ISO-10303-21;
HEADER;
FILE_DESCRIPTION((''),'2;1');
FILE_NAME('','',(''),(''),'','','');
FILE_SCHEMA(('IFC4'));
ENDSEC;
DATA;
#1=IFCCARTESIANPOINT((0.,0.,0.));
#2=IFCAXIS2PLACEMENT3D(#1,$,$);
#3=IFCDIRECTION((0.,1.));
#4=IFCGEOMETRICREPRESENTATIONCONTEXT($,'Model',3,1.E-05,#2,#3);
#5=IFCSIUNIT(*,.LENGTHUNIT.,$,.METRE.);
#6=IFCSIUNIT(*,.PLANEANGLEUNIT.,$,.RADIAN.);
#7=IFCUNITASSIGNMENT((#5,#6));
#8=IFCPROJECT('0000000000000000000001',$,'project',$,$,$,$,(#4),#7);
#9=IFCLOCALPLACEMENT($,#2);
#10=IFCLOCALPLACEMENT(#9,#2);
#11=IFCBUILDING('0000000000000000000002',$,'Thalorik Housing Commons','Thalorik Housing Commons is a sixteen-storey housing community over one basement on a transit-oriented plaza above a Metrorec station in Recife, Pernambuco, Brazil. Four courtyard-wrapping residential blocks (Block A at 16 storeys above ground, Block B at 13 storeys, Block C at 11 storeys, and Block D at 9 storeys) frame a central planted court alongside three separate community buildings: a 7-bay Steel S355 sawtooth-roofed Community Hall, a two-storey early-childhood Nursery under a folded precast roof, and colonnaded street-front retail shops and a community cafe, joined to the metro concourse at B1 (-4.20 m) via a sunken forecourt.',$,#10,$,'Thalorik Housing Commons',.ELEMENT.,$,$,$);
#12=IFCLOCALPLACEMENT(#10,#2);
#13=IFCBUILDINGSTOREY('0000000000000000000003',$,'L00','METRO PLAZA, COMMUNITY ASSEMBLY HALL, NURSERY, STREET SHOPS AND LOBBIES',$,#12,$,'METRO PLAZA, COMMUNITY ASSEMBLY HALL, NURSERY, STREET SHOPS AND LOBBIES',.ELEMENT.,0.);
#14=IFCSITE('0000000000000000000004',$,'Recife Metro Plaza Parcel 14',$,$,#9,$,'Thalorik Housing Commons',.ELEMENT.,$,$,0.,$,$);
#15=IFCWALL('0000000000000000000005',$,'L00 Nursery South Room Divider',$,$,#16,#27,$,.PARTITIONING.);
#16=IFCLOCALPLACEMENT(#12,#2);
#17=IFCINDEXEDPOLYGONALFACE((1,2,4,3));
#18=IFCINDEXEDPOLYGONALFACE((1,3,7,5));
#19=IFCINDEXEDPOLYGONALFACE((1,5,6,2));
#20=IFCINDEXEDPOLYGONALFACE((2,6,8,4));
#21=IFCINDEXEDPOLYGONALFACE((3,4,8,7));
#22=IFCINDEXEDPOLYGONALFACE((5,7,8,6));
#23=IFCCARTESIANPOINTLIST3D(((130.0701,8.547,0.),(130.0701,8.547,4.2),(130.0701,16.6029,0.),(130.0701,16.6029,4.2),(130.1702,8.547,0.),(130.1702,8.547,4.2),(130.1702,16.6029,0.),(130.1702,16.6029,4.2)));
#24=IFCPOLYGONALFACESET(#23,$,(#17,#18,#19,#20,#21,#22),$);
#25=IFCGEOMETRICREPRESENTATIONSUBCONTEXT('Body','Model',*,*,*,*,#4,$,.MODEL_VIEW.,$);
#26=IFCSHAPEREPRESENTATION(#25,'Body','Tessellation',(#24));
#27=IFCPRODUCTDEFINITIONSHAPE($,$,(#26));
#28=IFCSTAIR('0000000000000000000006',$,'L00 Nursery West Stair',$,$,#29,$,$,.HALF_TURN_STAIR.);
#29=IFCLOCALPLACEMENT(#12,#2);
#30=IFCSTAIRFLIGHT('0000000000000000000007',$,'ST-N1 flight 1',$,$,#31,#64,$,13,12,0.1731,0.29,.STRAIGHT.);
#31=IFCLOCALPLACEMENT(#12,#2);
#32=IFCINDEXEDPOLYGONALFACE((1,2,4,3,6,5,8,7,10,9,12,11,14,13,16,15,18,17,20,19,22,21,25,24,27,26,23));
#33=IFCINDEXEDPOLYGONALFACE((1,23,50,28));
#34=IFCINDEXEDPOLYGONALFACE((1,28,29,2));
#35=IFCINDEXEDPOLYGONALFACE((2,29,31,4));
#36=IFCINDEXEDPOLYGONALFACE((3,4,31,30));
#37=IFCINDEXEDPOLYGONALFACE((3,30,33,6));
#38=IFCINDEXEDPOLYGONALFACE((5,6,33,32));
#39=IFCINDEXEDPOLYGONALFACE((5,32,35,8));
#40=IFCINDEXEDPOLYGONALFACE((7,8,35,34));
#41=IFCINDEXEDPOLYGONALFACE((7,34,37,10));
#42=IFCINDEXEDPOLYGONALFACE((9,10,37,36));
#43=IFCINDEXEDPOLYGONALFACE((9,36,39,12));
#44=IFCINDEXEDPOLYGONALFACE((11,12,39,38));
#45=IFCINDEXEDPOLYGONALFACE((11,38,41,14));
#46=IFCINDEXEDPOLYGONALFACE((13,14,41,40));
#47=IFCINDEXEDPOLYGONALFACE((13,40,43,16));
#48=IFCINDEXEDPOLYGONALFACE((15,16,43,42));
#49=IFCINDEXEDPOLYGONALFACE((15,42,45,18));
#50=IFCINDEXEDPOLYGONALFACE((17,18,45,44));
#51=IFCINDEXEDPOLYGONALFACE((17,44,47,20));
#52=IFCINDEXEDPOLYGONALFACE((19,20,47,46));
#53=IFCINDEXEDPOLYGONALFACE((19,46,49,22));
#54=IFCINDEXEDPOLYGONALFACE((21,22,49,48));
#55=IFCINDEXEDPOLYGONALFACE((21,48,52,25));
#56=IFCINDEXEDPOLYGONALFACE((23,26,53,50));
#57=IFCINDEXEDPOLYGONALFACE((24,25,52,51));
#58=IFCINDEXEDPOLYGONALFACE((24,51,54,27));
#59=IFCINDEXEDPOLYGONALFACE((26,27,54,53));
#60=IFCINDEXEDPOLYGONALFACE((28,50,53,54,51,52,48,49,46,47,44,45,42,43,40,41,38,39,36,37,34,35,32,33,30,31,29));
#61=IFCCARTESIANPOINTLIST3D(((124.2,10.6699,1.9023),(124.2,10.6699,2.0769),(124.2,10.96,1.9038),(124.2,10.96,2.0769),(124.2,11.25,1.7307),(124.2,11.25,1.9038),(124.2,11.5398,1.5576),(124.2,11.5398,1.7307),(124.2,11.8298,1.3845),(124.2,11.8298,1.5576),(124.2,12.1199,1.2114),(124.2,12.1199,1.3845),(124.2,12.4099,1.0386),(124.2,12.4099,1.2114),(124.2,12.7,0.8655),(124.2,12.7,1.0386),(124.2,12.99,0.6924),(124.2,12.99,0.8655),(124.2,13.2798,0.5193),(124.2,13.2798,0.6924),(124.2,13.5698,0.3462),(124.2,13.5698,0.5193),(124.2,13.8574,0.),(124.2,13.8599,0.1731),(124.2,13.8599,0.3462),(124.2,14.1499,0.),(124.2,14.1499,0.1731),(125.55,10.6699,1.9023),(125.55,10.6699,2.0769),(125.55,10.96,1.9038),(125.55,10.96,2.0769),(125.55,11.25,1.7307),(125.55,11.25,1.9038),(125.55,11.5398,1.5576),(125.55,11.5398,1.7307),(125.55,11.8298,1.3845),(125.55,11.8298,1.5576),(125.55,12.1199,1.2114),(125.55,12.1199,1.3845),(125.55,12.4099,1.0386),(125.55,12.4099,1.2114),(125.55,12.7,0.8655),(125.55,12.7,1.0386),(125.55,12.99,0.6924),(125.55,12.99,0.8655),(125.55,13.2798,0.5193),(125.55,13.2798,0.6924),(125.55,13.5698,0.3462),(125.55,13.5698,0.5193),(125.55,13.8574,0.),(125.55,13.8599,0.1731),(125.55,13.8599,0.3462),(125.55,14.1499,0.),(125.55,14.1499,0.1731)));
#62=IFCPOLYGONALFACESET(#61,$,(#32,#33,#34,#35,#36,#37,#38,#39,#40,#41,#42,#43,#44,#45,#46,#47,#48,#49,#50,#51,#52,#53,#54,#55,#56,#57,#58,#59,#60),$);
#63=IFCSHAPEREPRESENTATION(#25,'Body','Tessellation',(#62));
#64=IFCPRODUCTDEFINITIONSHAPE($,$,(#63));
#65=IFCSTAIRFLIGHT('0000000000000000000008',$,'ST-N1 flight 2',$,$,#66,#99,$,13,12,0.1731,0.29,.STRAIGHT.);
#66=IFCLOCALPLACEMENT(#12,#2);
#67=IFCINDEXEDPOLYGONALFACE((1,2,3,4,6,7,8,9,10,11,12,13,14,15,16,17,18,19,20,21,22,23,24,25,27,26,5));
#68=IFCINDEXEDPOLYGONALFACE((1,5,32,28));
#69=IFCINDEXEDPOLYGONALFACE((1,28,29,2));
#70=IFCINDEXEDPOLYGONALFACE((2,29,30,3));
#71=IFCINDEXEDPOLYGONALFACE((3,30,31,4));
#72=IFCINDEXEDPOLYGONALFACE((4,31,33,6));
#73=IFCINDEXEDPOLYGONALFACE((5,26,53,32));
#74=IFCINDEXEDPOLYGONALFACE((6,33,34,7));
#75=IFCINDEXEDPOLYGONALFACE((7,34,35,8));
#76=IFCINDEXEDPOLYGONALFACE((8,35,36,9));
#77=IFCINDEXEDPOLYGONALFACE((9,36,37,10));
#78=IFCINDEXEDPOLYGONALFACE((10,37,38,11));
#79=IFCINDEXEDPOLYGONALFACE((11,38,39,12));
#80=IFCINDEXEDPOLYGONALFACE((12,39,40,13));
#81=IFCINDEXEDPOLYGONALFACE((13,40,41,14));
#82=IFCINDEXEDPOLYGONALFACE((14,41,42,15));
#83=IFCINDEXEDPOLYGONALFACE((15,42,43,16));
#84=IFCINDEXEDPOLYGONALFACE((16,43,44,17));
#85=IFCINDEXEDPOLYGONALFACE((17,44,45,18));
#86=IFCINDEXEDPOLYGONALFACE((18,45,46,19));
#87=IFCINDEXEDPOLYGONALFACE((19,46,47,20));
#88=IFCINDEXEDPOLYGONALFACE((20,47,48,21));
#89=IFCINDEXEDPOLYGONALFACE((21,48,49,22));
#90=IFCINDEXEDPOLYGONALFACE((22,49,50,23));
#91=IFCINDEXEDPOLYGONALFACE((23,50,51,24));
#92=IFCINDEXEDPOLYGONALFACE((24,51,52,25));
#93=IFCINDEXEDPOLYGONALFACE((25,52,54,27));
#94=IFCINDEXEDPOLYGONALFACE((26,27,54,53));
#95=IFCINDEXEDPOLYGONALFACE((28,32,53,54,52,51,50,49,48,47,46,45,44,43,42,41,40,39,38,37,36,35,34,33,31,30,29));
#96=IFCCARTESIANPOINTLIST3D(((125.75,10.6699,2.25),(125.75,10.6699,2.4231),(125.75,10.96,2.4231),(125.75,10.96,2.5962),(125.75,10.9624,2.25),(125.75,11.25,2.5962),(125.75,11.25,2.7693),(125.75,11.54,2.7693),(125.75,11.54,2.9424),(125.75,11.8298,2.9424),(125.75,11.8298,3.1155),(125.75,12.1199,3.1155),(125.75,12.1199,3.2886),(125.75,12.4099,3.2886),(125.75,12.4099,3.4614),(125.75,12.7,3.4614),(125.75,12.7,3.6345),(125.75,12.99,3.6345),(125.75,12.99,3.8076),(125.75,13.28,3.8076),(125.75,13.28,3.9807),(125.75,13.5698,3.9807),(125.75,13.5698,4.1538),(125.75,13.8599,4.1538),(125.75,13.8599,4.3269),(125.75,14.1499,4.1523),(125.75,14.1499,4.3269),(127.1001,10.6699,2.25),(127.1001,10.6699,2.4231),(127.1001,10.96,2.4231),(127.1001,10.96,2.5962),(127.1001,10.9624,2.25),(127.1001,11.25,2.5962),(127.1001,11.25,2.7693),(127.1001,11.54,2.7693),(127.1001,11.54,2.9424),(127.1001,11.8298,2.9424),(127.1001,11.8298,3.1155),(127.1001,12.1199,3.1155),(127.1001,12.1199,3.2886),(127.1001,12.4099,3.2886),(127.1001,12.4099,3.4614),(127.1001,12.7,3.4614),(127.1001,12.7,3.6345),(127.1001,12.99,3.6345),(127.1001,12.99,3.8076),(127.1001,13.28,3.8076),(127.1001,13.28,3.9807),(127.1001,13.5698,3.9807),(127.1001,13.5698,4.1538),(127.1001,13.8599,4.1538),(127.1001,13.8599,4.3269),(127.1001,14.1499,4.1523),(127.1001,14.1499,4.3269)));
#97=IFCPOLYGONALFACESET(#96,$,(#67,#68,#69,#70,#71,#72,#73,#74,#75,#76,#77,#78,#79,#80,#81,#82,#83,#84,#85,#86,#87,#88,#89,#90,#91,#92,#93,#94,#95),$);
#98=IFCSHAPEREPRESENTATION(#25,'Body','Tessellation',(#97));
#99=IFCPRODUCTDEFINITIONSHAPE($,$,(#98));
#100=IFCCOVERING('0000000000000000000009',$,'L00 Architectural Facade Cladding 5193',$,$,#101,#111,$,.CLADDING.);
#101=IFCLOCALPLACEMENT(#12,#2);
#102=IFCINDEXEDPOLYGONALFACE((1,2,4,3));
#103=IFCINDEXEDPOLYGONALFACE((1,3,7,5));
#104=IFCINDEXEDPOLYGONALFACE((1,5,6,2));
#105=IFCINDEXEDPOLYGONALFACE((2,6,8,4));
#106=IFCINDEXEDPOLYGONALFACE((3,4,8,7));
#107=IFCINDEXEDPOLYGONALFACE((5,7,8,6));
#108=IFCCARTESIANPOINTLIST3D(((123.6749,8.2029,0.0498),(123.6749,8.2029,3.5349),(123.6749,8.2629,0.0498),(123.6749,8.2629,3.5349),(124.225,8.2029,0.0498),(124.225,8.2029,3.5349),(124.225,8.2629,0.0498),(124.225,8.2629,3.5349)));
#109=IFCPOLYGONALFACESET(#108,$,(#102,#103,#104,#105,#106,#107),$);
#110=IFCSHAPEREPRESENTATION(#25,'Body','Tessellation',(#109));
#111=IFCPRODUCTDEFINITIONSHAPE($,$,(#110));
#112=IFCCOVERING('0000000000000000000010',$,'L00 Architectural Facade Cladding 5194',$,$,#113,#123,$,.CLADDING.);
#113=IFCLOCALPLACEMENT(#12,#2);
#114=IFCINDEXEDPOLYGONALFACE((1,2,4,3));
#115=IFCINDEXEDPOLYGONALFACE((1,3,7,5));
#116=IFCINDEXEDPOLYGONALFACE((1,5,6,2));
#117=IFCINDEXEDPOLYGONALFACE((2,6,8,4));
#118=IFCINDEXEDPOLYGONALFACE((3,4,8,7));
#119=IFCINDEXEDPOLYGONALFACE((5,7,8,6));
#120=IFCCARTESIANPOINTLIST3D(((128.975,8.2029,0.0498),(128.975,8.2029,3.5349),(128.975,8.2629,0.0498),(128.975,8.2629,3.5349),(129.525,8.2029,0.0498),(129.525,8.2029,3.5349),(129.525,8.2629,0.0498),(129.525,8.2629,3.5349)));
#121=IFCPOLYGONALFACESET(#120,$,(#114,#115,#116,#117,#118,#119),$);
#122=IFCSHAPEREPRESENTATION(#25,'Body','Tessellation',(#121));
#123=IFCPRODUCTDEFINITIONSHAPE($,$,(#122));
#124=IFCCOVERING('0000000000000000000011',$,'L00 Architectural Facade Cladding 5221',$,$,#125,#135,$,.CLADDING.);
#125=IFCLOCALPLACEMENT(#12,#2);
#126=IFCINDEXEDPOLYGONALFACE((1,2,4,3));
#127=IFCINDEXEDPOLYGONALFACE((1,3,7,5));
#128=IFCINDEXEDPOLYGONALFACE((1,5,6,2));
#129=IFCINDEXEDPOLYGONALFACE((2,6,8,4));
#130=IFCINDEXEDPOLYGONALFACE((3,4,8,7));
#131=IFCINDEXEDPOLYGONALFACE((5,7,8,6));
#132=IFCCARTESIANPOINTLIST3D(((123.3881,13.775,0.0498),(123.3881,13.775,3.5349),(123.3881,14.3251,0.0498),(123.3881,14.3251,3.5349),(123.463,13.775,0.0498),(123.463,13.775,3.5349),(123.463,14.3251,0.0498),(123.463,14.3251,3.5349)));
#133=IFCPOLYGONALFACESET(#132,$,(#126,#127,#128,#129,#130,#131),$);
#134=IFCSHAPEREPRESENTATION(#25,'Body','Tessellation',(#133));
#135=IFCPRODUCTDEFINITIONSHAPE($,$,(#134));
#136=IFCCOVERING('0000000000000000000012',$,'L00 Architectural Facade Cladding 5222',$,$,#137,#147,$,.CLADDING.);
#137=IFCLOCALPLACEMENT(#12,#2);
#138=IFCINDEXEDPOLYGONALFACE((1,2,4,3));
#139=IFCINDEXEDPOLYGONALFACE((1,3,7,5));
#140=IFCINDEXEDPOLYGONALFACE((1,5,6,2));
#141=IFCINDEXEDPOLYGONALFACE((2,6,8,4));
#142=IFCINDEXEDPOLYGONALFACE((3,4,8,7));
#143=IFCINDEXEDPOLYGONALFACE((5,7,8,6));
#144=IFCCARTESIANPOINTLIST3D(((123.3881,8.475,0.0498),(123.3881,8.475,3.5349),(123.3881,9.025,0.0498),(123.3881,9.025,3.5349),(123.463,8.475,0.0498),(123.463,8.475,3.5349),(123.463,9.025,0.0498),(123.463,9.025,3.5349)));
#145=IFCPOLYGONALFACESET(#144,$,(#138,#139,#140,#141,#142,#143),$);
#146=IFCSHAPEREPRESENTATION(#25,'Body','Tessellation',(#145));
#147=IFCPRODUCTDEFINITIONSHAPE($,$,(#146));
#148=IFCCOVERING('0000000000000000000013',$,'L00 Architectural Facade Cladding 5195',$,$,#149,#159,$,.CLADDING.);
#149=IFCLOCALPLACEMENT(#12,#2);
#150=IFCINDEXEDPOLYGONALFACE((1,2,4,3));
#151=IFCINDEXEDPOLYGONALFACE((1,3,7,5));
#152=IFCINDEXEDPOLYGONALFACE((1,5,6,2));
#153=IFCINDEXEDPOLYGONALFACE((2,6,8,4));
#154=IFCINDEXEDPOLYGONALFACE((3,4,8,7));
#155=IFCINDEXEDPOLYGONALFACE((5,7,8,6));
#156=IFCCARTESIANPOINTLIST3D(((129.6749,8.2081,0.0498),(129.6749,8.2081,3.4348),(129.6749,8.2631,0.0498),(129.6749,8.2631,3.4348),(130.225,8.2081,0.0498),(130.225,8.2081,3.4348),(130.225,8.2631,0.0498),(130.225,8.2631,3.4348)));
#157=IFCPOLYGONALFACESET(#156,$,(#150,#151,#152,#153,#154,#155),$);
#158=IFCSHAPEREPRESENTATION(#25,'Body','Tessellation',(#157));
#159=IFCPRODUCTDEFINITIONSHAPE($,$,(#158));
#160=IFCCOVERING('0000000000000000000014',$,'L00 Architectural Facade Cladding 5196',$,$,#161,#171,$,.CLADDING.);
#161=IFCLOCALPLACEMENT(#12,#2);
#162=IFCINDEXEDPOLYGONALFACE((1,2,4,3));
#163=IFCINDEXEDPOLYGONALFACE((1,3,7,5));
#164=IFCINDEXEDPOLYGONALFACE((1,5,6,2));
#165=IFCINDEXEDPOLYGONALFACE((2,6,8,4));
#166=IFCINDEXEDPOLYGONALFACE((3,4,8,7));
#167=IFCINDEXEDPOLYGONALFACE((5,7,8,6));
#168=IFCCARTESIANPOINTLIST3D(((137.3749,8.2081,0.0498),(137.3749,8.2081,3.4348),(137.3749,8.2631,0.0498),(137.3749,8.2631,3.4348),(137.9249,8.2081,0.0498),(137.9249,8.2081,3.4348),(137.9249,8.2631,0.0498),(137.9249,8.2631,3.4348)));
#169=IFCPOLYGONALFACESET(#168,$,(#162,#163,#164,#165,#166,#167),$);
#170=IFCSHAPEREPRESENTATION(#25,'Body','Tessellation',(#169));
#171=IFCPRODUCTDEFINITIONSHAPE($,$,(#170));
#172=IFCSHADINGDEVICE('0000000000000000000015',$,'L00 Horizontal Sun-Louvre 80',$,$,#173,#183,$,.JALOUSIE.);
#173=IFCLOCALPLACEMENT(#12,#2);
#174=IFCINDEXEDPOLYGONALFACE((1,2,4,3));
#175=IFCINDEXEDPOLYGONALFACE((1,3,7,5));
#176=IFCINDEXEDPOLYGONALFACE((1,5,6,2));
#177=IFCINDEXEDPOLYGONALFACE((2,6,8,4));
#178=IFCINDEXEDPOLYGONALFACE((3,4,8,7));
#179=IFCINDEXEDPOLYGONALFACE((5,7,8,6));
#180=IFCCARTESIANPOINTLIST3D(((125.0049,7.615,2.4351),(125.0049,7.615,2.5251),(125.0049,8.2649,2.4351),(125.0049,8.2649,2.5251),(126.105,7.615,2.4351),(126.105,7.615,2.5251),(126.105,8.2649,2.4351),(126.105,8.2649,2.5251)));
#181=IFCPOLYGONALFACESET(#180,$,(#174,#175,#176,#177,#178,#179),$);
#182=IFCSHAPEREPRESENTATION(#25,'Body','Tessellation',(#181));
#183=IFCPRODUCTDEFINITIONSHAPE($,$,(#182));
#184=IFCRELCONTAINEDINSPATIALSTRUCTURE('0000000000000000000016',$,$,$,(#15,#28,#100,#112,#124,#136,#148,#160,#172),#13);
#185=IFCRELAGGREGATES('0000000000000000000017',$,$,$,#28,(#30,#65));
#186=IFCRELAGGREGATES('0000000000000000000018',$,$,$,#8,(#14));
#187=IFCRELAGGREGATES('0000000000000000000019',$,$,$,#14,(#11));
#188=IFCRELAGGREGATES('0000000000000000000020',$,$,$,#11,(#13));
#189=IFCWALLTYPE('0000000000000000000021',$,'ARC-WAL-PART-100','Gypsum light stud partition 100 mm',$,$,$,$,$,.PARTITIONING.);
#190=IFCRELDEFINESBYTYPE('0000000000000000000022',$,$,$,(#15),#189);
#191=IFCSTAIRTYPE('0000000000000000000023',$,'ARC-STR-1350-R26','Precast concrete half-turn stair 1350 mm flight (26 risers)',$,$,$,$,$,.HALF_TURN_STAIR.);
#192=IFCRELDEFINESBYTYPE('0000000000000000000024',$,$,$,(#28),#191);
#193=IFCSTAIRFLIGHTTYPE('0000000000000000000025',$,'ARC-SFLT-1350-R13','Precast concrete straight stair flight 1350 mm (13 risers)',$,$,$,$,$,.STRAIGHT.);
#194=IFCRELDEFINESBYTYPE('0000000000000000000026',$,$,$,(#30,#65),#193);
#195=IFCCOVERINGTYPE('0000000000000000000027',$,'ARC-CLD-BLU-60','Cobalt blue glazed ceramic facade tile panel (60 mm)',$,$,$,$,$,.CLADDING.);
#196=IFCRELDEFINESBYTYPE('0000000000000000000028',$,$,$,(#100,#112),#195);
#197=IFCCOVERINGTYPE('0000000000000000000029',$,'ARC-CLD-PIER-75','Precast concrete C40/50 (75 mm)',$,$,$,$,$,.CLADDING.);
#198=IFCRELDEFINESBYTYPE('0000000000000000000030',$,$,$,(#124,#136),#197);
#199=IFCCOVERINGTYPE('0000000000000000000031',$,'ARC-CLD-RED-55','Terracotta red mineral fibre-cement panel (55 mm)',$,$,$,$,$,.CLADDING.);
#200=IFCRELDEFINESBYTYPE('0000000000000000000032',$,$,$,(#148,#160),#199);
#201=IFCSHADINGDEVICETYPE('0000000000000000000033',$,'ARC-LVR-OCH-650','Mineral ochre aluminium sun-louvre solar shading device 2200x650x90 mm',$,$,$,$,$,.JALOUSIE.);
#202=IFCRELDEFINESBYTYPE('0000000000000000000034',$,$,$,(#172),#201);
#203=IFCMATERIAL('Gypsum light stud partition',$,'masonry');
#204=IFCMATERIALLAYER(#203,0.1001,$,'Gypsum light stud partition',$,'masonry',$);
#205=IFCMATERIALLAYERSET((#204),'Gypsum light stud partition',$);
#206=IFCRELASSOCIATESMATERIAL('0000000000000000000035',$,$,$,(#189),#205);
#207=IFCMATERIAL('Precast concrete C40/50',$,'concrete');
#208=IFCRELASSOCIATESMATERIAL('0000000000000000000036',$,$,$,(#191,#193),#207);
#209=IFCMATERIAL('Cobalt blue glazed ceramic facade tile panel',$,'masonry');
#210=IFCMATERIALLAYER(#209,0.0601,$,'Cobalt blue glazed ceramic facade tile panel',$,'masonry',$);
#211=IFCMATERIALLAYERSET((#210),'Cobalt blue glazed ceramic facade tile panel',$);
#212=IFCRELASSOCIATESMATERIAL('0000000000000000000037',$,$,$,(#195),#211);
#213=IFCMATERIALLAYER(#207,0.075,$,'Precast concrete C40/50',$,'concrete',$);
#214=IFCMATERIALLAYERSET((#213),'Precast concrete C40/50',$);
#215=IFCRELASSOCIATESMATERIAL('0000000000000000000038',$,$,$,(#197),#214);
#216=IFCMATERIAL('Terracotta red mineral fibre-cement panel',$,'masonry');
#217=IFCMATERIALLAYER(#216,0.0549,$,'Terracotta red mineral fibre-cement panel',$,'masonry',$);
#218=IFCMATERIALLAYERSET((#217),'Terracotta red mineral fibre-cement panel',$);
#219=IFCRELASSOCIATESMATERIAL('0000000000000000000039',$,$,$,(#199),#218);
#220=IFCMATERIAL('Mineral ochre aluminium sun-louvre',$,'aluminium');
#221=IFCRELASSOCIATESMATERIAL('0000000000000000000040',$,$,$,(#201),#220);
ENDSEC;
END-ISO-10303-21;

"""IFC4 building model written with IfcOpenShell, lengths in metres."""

from ifc_helpers import new_model, si_unit, direction, frame, frame_2d, origin, origin_2d, place, context, subcontext, project, spatial, polyline, rectangle, outline, extrude, material, layer, layer_set, type_object, element, aggregate, save


model = new_model("IFC4")

# Units and contexts
model_context = context("Model", 3, precision=1e-05, world=origin(), true_north=direction((0.0, 1.0)))
body_context = subcontext(model_context, "Body", "Model", "MODEL_VIEW")
ifc_project = project(units=[si_unit("LENGTHUNIT", "METRE"), si_unit("PLANEANGLEUNIT", "RADIAN")], contexts=[model_context])

# Site, building, storey
site_placement = place(None, origin())
site = spatial("IfcSite", under=ifc_project, at=site_placement, Name="Recife Metro Plaza Parcel 14", LongName="Thalorik Housing Commons", CompositionType="ELEMENT", RefElevation=0.0)
building_placement = place(site_placement, origin())
building = spatial("IfcBuilding", under=site, at=building_placement, Name="Thalorik Housing Commons", Description="Thalorik Housing Commons is a sixteen-storey housing community over one basement on a transit-oriented plaza above a Metrorec station in Recife, Pernambuco, Brazil. Four courtyard-wrapping residential blocks (Block A at 16 storeys above ground, Block B at 13 storeys, Block C at 11 storeys, and Block D at 9 storeys) frame a central planted court alongside three separate community buildings: a 7-bay Steel S355 sawtooth-roofed Community Hall, a two-storey early-childhood Nursery under a folded precast roof, and colonnaded street-front retail shops and a community cafe, joined to the metro concourse at B1 (-4.20 m) via a sunken forecourt.", LongName="Thalorik Housing Commons", CompositionType="ELEMENT")
storey_placement = place(building_placement, origin())
storey = spatial("IfcBuildingStorey", under=building, at=storey_placement, Name="L00", Description="METRO PLAZA, COMMUNITY ASSEMBLY HALL, NURSERY, STREET SHOPS AND LOBBIES", LongName="METRO PLAZA, COMMUNITY ASSEMBLY HALL, NURSERY, STREET SHOPS AND LOBBIES", CompositionType="ELEMENT", Elevation=0.0)

# Shared definitions
ifc_material_1 = material(Name="Precast concrete C40/50", Category="concrete")

# Wall
ifc_material_2 = material(Name="Gypsum light stud partition", Category="masonry")
ifc_layer_1 = layer(ifc_material_2, 0.1001, Name="Gypsum light stud partition", Category="masonry")
ifc_layer_set_1 = layer_set([ifc_layer_1], Name="Gypsum light stud partition")
wall_type_1 = type_object("IfcWallType", Name="ARC-WAL-PART-100", Description="Gypsum light stud partition 100 mm", PredefinedType="PARTITIONING", material=ifc_layer_set_1)
wall_1_placement = place(storey_placement, frame((130.1201, 8.5471, 0.0), z_axis=(0.0, 0.0, 1.0), x_axis=(0.0, 1.0, 0.0)))
element("IfcWall", 1, at=wall_1_placement, inside=storey, type_object=wall_type_1, Name="L00 Nursery South Room Divider", PredefinedType="PARTITIONING", context=body_context, shape_type="SweptSolid", body=[
    extrude(rectangle(XDim=8.0559, YDim=0.1001, at=frame_2d((4.0278, 0.0))), origin(), (0.0, 0.0, 1.0), 4.2),
])

# Stair, stair flights
stair_type = type_object("IfcStairType", Name="ARC-STR-1350-R26", Description="Precast concrete half-turn stair 1350 mm flight (26 risers)", PredefinedType="HALF_TURN_STAIR", material=ifc_material_1)
stair_placement = place(storey_placement, origin())
stair = element("IfcStair", 2, at=stair_placement, inside=storey, type_object=stair_type, Name="L00 Nursery West Stair", PredefinedType="HALF_TURN_STAIR")
stair_flight_type = type_object("IfcStairFlightType", Name="ARC-SFLT-1350-R13", Description="Precast concrete straight stair flight 1350 mm (13 risers)", PredefinedType="STRAIGHT", material=ifc_material_1)
stair_flight_1_placement = place(storey_placement, frame((124.875, 14.1499, 0.0), z_axis=(0.0, 0.0, 1.0), x_axis=(0.0, -1.0, 0.0)))
stair_flight_1 = element("IfcStairFlight", 3, at=stair_flight_1_placement, type_object=stair_flight_type, Name="ST-N1 flight 1", NumberOfRisers=13, NumberOfTreads=12, PredefinedType="STRAIGHT", RiserHeight=0.1731, TreadLength=0.29, context=body_context, shape_type="SweptSolid", body=[
    extrude(outline(polyline([(0.0, 0.0), (0.0, 0.1731), (0.29, 0.1731), (0.29, 0.3462), (0.5801, 0.3462), (0.5801, 0.5193), (0.8701, 0.5193), (0.8701, 0.6924), (1.1599, 0.6924), (1.1599, 0.8655), (1.45, 0.8655), (1.45, 1.0386), (1.74, 1.0386), (1.74, 1.2114), (2.03, 1.2114), (2.03, 1.3845), (2.3201, 1.3845), (2.3201, 1.5576), (2.6101, 1.5576), (2.6101, 1.7307), (2.8999, 1.7307), (2.8999, 1.9038), (3.1899, 1.9038), (3.1899, 2.0769), (3.48, 2.0769), (3.48, 2.25), (3.48, 1.9023), (0.2925, 0.0), (0.0, 0.0)])), frame((0.0, 0.675, 0.0), z_axis=(0.0, -1.0, 0.0), x_axis=(1.0, 0.0, 0.0)), (0.0, 0.0, 1.0), 1.3501),
])
stair_flight_2_placement = place(storey_placement, frame((126.425, 10.6699, 2.25), z_axis=(0.0, 0.0, 1.0), x_axis=(0.0, 1.0, 0.0)))
stair_flight_2 = element("IfcStairFlight", 4, at=stair_flight_2_placement, type_object=stair_flight_type, Name="ST-N1 flight 2", NumberOfRisers=13, NumberOfTreads=12, PredefinedType="STRAIGHT", RiserHeight=0.1731, TreadLength=0.29, context=body_context, shape_type="SweptSolid", body=[
    extrude(outline(polyline([(0.0, 0.0), (0.0, 0.1731), (0.29, 0.1731), (0.29, 0.3462), (0.5801, 0.3462), (0.5801, 0.5193), (0.8701, 0.5193), (0.8701, 0.6924), (1.1599, 0.6924), (1.1599, 0.8655), (1.45, 0.8655), (1.45, 1.0386), (1.74, 1.0386), (1.74, 1.2114), (2.03, 1.2114), (2.03, 1.3845), (2.3201, 1.3845), (2.3201, 1.5576), (2.6101, 1.5576), (2.6101, 1.7307), (2.8999, 1.7307), (2.8999, 1.9038), (3.1899, 1.9038), (3.1899, 2.0769), (3.48, 2.0769), (3.48, 2.25), (3.48, 1.9023), (0.2925, 0.0), (0.0, 0.0)])), frame((0.0, 0.675, 0.0), z_axis=(0.0, -1.0, 0.0), x_axis=(1.0, 0.0, 0.0)), (0.0, 0.0, 1.0), 1.3501),
])
aggregate(stair, [stair_flight_1, stair_flight_2])

# Coverings
ifc_material_3 = material(Name="Cobalt blue glazed ceramic facade tile panel", Category="masonry")
ifc_layer_2 = layer(ifc_material_3, 0.0601, Name="Cobalt blue glazed ceramic facade tile panel", Category="masonry")
ifc_layer_set_2 = layer_set([ifc_layer_2], Name="Cobalt blue glazed ceramic facade tile panel")
covering_type_1 = type_object("IfcCoveringType", Name="ARC-CLD-BLU-60", Description="Cobalt blue glazed ceramic facade tile panel (60 mm)", PredefinedType="CLADDING", material=ifc_layer_set_2)
for number, where, z_axis, x_axis, name in (
    (5, (123.95, 8.2329, 0.0498), (0.0, 0.0, 1.0), (1.0, 0.0, 0.0), "L00 Architectural Facade Cladding 5193"),
    (6, (129.25, 8.2329, 0.0498), (0.0, 0.0, 1.0), (1.0, 0.0, 0.0), "L00 Architectural Facade Cladding 5194"),
):
    element("IfcCovering", number, at=place(storey_placement, frame(where, z_axis=z_axis, x_axis=x_axis)), inside=storey, type_object=covering_type_1, Name=name, PredefinedType="CLADDING", context=body_context, shape_type="SweptSolid", body=[
        extrude(rectangle(XDim=0.55, YDim=0.0601, at=origin_2d()), origin(), (0.0, 0.0, 1.0), 3.4851),
    ])
ifc_layer_3 = layer(ifc_material_1, 0.075, Name="Precast concrete C40/50", Category="concrete")
ifc_layer_set_3 = layer_set([ifc_layer_3], Name="Precast concrete C40/50")
covering_type_2 = type_object("IfcCoveringType", Name="ARC-CLD-PIER-75", Description="Precast concrete C40/50 (75 mm)", PredefinedType="CLADDING", material=ifc_layer_set_3)
for number, where, z_axis, x_axis, name in (
    (7, (123.4255, 14.05, 0.0498), (0.0, 0.0, 1.0), (0.0, -1.0, 0.0), "L00 Architectural Facade Cladding 5221"),
    (8, (123.4255, 8.75, 0.0498), (0.0, 0.0, 1.0), (0.0, -1.0, 0.0), "L00 Architectural Facade Cladding 5222"),
):
    element("IfcCovering", number, at=place(storey_placement, frame(where, z_axis=z_axis, x_axis=x_axis)), inside=storey, type_object=covering_type_2, Name=name, PredefinedType="CLADDING", context=body_context, shape_type="SweptSolid", body=[
        extrude(rectangle(XDim=0.55, YDim=0.075, at=origin_2d()), origin(), (0.0, 0.0, 1.0), 3.4851),
    ])
ifc_material_4 = material(Name="Terracotta red mineral fibre-cement panel", Category="masonry")
ifc_layer_4 = layer(ifc_material_4, 0.0549, Name="Terracotta red mineral fibre-cement panel", Category="masonry")
ifc_layer_set_4 = layer_set([ifc_layer_4], Name="Terracotta red mineral fibre-cement panel")
covering_type_3 = type_object("IfcCoveringType", Name="ARC-CLD-RED-55", Description="Terracotta red mineral fibre-cement panel (55 mm)", PredefinedType="CLADDING", material=ifc_layer_set_4)
for number, where, z_axis, x_axis, name in (
    (9, (129.95, 8.2356, 0.0498), (0.0, 0.0, 1.0), (1.0, 0.0, 0.0), "L00 Architectural Facade Cladding 5195"),
    (10, (137.6499, 8.2356, 0.0498), (0.0, 0.0, 1.0), (1.0, 0.0, 0.0), "L00 Architectural Facade Cladding 5196"),
):
    element("IfcCovering", number, at=place(storey_placement, frame(where, z_axis=z_axis, x_axis=x_axis)), inside=storey, type_object=covering_type_3, Name=name, PredefinedType="CLADDING", context=body_context, shape_type="SweptSolid", body=[
        extrude(rectangle(XDim=0.55, YDim=0.0549, at=origin_2d()), origin(), (0.0, 0.0, 1.0), 3.385),
    ])

# Shading device
ifc_material_5 = material(Name="Mineral ochre aluminium sun-louvre", Category="aluminium")
shading_device_type = type_object("IfcShadingDeviceType", Name="ARC-LVR-OCH-650", Description="Mineral ochre aluminium sun-louvre solar shading device 2200x650x90 mm", PredefinedType="JALOUSIE", material=ifc_material_5)
for number, where, z_axis, x_axis, name in (
    (11, (125.5549, 7.9399, 2.4351), (0.0, 0.0, 1.0), (1.0, 0.0, 0.0), "L00 Horizontal Sun-Louvre 80"),
):
    element("IfcShadingDevice", number, at=place(storey_placement, frame(where, z_axis=z_axis, x_axis=x_axis)), inside=storey, type_object=shading_device_type, Name=name, PredefinedType="JALOUSIE", context=body_context, shape_type="SweptSolid", body=[
        extrude(rectangle(XDim=1.1001, YDim=0.6499, at=origin_2d()), origin(), (0.0, 0.0, 1.0), 0.0901),
    ])

save(model, "model.ifc")
